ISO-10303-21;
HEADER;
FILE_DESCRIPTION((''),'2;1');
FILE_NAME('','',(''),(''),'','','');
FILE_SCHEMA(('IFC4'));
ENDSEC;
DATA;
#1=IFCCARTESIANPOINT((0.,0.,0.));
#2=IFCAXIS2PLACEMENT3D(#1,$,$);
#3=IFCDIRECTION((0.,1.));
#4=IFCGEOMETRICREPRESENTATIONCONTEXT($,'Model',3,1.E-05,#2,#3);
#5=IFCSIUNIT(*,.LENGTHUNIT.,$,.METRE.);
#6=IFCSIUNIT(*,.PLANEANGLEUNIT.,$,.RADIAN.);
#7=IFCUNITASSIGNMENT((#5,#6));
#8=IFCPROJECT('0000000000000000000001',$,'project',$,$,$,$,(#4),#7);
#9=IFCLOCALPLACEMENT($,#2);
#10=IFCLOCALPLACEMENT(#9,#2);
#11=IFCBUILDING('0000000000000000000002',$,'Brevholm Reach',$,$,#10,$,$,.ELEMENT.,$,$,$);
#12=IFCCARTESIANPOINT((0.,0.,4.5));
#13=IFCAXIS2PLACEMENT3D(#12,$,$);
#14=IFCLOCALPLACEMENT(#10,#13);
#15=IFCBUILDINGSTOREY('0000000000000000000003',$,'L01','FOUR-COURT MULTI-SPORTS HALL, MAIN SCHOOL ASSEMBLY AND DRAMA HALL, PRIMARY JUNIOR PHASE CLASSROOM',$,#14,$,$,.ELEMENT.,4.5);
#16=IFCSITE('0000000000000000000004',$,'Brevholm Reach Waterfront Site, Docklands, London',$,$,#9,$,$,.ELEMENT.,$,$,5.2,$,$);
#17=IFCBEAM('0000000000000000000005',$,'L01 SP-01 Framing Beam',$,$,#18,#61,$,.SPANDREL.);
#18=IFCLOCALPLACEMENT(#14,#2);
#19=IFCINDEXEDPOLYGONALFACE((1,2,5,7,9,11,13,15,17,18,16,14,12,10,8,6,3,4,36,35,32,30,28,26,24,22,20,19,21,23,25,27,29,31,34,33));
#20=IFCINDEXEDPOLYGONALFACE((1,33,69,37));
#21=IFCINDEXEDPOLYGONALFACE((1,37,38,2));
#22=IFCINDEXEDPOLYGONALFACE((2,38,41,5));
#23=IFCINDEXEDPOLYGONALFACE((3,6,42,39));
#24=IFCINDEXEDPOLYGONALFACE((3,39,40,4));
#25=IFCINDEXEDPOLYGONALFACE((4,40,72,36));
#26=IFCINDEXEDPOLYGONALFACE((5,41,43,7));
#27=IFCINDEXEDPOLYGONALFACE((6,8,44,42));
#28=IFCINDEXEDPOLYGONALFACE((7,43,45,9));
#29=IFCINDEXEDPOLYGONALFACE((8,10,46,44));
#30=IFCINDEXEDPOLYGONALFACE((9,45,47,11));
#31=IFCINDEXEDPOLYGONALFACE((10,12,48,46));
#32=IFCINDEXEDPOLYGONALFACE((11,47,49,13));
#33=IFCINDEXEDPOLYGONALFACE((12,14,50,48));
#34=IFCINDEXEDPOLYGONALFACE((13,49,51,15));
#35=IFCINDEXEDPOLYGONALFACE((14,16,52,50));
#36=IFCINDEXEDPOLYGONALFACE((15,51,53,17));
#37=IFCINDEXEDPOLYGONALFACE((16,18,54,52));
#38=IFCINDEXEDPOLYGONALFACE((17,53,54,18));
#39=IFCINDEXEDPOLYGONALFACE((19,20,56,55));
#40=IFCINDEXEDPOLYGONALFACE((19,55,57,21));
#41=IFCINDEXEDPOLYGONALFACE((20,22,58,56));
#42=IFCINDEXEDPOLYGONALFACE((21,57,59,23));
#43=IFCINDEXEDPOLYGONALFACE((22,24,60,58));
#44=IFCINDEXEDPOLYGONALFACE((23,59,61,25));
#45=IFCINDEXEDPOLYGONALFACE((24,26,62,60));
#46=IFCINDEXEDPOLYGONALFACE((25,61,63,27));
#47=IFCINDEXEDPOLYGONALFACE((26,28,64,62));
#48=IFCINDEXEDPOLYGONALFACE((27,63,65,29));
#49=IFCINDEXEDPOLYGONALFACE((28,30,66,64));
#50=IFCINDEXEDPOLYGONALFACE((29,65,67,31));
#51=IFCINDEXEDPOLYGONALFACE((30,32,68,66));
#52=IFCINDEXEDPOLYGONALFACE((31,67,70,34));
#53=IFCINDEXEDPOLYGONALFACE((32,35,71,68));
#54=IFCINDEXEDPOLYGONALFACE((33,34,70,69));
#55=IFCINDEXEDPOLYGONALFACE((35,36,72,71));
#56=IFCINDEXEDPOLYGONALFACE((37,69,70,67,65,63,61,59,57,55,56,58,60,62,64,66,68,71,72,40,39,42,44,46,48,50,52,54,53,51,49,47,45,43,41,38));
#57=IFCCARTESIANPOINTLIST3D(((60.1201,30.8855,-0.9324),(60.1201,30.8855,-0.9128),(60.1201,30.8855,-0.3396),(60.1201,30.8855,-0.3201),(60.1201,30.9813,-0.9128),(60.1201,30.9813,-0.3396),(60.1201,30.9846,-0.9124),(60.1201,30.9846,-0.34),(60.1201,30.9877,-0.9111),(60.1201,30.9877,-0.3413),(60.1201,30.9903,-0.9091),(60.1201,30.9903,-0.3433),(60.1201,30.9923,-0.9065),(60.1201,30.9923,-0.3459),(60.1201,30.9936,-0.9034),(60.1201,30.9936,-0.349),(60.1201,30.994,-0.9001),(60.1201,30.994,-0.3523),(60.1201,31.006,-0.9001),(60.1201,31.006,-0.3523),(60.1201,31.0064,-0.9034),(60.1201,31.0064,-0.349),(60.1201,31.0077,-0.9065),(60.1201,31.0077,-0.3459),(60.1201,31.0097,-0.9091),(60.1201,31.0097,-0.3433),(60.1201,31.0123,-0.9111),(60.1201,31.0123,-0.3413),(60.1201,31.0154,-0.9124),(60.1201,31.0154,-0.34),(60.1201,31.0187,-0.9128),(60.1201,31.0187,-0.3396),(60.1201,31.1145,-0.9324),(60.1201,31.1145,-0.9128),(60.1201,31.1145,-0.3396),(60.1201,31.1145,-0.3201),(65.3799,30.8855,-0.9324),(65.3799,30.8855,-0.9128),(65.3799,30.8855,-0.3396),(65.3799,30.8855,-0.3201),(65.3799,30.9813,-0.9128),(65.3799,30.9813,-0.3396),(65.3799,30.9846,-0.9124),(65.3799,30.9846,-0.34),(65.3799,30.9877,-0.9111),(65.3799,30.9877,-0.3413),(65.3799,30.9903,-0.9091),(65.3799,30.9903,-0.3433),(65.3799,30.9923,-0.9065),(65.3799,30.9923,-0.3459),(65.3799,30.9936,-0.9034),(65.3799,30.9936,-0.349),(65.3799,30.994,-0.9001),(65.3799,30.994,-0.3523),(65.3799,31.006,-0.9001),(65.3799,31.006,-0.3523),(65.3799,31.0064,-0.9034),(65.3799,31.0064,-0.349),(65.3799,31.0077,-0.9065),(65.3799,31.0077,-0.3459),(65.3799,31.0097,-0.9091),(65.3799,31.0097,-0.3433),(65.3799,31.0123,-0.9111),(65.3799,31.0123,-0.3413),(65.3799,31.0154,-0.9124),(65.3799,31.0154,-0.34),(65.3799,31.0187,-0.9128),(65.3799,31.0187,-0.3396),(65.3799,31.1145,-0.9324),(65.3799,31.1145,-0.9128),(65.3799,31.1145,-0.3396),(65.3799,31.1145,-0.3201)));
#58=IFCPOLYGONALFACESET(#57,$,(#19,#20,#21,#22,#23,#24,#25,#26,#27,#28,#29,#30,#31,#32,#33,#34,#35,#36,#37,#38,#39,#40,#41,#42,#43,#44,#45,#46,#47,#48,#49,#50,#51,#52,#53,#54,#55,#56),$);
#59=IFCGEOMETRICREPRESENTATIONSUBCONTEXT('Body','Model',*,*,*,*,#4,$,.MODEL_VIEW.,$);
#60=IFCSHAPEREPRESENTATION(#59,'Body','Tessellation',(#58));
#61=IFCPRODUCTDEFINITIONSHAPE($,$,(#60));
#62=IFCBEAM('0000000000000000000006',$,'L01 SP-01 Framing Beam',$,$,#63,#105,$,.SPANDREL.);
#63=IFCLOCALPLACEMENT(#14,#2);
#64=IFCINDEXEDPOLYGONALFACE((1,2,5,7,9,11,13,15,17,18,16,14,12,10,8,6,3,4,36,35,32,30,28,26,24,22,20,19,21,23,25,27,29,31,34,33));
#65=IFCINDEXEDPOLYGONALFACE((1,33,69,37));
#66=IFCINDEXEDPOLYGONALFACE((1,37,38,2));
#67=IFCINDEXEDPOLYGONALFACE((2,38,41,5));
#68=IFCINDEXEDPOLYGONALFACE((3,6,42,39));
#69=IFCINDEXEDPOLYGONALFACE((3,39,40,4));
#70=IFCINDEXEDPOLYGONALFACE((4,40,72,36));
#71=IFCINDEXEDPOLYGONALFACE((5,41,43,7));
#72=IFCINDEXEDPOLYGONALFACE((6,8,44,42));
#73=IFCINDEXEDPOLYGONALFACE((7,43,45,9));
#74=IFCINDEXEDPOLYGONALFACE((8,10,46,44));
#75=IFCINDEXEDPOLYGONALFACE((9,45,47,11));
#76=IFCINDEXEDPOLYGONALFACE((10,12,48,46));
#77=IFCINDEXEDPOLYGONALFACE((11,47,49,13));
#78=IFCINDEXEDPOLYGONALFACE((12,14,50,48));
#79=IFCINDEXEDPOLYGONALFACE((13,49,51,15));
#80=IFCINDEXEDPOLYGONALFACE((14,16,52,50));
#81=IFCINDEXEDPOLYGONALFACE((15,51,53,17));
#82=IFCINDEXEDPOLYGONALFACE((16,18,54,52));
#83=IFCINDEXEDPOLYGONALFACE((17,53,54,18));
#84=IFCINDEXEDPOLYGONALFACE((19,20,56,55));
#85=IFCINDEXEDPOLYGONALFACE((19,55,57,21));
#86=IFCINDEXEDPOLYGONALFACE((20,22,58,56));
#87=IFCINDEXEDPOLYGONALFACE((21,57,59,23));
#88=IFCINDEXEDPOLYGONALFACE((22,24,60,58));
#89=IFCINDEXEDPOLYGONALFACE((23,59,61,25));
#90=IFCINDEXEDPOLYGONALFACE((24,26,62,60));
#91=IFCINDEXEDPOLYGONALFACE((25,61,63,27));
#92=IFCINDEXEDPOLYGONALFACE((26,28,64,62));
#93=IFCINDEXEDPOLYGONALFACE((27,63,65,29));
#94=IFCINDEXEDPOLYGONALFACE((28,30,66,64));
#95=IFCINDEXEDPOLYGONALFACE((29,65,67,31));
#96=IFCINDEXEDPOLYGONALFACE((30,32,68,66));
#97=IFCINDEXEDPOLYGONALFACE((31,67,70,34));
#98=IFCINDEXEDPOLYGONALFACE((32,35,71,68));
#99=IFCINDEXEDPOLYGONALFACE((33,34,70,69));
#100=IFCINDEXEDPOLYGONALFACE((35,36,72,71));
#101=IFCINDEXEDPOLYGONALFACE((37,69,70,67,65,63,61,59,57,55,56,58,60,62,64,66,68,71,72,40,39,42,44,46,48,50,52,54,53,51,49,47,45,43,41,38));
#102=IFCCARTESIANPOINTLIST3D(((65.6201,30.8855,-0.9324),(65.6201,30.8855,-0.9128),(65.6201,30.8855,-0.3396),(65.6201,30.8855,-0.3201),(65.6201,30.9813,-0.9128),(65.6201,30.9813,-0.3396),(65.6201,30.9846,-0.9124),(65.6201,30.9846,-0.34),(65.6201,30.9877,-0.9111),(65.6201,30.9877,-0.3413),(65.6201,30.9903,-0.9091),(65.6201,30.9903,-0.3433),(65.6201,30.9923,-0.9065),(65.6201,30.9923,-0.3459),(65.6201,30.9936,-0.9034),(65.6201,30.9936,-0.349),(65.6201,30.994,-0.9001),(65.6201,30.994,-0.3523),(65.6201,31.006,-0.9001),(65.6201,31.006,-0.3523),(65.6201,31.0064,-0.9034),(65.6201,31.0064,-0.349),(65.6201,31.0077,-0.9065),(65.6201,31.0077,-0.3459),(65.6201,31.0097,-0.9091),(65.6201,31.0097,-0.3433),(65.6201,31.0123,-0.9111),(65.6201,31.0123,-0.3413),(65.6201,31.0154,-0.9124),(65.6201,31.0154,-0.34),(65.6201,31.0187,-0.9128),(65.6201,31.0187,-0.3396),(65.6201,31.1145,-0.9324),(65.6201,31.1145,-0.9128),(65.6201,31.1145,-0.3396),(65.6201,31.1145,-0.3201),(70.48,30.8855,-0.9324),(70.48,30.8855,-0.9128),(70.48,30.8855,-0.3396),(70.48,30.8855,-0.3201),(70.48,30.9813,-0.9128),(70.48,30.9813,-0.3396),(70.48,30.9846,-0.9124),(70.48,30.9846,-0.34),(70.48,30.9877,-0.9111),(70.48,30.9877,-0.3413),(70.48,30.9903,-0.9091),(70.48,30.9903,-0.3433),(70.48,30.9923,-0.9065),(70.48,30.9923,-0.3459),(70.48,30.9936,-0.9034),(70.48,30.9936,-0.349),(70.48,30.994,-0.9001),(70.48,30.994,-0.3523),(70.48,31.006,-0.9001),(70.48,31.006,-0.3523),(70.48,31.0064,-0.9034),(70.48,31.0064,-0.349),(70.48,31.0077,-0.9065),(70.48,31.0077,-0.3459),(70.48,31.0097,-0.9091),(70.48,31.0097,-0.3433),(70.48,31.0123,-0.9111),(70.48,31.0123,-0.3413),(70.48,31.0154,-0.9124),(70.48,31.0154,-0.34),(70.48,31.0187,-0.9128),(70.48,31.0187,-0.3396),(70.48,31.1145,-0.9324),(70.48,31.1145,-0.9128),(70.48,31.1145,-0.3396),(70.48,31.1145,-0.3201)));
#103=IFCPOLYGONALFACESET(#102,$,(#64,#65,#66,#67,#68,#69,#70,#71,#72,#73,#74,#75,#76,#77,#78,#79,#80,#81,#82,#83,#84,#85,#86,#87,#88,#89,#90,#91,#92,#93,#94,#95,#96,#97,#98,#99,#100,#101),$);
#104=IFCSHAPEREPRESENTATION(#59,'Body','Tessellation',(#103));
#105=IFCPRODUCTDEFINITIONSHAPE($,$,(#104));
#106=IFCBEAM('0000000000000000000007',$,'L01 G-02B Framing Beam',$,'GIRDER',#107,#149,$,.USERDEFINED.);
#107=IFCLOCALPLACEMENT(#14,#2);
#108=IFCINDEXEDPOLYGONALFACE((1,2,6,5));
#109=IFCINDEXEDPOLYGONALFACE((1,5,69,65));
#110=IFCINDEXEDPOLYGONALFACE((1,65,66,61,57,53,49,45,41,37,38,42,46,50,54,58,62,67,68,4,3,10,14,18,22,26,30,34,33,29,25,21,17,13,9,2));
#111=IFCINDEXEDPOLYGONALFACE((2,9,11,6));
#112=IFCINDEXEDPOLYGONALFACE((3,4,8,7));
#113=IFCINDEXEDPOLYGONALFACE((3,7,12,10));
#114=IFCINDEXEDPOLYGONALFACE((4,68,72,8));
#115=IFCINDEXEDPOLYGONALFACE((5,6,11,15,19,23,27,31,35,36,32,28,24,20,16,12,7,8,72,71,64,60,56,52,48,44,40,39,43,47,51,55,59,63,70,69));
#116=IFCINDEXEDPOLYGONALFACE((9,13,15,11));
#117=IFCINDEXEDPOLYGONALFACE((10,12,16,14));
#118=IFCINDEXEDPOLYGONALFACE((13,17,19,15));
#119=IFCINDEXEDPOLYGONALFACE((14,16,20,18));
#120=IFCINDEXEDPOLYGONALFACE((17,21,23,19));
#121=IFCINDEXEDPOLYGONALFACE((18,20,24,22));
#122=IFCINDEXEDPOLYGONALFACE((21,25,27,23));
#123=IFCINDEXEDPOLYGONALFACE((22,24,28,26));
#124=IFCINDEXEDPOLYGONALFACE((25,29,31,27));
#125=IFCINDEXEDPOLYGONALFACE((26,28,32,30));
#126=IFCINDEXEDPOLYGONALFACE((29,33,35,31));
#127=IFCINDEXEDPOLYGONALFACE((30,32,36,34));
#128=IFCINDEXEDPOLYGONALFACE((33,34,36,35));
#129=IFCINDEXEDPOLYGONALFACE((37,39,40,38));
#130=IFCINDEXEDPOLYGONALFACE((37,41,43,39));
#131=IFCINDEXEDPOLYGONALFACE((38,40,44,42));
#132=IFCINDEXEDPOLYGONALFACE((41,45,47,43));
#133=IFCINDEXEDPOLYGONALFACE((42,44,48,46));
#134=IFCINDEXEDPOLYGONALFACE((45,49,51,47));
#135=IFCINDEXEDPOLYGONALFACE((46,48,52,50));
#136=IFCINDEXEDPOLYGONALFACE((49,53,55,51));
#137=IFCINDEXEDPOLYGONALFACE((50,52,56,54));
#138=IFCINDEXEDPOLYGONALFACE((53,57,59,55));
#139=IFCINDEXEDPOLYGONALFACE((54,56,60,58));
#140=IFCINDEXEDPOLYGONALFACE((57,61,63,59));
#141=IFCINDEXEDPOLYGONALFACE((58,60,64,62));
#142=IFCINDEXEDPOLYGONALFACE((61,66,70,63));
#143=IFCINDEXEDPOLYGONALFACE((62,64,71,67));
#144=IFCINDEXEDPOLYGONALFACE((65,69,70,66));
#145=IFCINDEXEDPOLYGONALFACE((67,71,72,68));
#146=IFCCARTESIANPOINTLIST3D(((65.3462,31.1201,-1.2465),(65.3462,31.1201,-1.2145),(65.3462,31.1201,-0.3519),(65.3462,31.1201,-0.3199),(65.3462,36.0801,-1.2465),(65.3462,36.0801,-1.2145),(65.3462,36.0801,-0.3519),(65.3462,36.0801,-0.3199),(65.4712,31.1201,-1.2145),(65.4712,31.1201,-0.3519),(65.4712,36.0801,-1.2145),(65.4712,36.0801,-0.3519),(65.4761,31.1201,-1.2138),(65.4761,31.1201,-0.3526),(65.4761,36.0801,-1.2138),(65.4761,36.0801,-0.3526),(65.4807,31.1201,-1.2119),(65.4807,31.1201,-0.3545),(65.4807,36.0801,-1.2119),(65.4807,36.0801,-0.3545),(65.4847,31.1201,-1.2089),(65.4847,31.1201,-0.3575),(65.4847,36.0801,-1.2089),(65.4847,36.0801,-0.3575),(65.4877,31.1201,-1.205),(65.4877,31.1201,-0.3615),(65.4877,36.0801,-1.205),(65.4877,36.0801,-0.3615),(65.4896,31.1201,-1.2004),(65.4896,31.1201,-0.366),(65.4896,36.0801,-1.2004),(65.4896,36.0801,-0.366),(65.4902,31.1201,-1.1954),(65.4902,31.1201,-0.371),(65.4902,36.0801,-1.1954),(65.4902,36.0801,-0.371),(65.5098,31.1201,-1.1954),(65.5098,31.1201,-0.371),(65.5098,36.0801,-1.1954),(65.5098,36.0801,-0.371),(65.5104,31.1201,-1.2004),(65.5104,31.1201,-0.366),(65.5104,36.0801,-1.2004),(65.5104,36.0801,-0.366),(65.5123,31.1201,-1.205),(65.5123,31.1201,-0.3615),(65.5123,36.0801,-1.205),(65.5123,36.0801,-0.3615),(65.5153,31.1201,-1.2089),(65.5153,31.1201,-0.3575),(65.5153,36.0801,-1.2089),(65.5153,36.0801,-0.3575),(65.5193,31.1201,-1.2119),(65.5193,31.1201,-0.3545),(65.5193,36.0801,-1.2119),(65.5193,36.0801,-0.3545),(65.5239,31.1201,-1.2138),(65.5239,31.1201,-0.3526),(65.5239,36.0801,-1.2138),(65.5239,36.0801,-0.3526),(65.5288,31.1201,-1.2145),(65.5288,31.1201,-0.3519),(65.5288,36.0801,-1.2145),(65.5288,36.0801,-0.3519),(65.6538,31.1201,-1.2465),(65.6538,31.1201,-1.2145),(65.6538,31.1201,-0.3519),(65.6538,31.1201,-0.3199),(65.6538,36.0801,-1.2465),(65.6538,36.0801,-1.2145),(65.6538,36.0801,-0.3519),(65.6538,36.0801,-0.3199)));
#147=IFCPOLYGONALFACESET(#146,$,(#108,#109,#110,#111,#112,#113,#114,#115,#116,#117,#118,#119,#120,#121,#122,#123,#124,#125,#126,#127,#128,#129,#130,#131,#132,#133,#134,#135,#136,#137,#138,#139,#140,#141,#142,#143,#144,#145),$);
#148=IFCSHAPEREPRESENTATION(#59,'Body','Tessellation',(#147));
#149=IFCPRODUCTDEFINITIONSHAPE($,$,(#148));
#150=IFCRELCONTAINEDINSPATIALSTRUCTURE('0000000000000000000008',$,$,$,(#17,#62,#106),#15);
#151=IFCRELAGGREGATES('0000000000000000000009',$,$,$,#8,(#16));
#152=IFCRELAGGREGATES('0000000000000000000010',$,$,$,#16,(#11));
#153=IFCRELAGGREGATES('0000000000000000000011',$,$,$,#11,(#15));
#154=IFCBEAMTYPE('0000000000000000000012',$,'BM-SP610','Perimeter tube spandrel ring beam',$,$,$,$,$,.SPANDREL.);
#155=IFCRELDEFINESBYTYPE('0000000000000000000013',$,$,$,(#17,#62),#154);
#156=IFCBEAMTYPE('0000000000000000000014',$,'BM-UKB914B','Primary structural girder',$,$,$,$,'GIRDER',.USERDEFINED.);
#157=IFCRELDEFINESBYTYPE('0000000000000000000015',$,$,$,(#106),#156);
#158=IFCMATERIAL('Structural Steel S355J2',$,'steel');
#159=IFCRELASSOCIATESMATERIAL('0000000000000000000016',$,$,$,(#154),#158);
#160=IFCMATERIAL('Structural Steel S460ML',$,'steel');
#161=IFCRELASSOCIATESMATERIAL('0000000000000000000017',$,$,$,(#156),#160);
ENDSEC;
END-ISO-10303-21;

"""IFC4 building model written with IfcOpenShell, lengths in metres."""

from ifc_helpers import new_model, si_unit, direction, frame, origin, origin_2d, place, context, subcontext, project, spatial, i_section, extrude, material, material_profile, profile_set, type_object, element, save


model = new_model("IFC4")

# Units and contexts
model_context = context("Model", 3, precision=1e-05, world=origin(), true_north=direction((0.0, 1.0)))
body_context = subcontext(model_context, "Body", "Model", "MODEL_VIEW")
ifc_project = project(units=[si_unit("LENGTHUNIT", "METRE"), si_unit("PLANEANGLEUNIT", "RADIAN")], contexts=[model_context])

# Site, building, storey
site_placement = place(None, origin())
site = spatial("IfcSite", under=ifc_project, at=site_placement, Name="Brevholm Reach Waterfront Site, Docklands, London", CompositionType="ELEMENT", RefElevation=5.2)
building_placement = place(site_placement, origin())
building = spatial("IfcBuilding", under=site, at=building_placement, Name="Brevholm Reach", CompositionType="ELEMENT")
storey_placement = place(building_placement, frame((0.0, 0.0, 4.5)))
storey = spatial("IfcBuildingStorey", under=building, at=storey_placement, Name="L01", Description="FOUR-COURT MULTI-SPORTS HALL, MAIN SCHOOL ASSEMBLY AND DRAMA HALL, PRIMARY JUNIOR PHASE CLASSROOM", CompositionType="ELEMENT", Elevation=4.5)

# Beams
ifc_material_1 = material(Name="Structural Steel S355J2", Category="steel")
ifc_material_profile_1 = material_profile(ifc_material_1, i_section(OverallWidth=0.229, OverallDepth=0.6123, WebThickness=0.012, FlangeThickness=0.0195, FilletRadius=0.0127, at=origin_2d()), Name="UKB 610x229x125")
ifc_profile_set_1 = profile_set([ifc_material_profile_1], Name="Structural Steel S355J2")
beam_type_1 = type_object("IfcBeamType", Name="BM-SP610", Description="Perimeter tube spandrel ring beam", PredefinedType="SPANDREL", material=ifc_profile_set_1)
beam_1_placement = place(storey_placement, frame((60.1201, 31.0, -0.6262), z_axis=(1.0, 0.0, 0.0), x_axis=(0.0, 1.0, 0.0)))
element("IfcBeam", 1, at=beam_1_placement, inside=storey, type_object=beam_type_1, Name="L01 SP-01 Framing Beam", PredefinedType="SPANDREL", context=body_context, shape_type="SweptSolid", body=[
    extrude(i_section(OverallWidth=0.229, OverallDepth=0.6123, WebThickness=0.012, FlangeThickness=0.0195, FilletRadius=0.0127, at=origin_2d()), origin(), (0.0, 0.0, 1.0), 5.2598),
])
beam_2_placement = place(storey_placement, frame((65.6201, 31.0, -0.6262), z_axis=(1.0, 0.0, 0.0), x_axis=(0.0, 1.0, 0.0)))
element("IfcBeam", 2, at=beam_2_placement, inside=storey, type_object=beam_type_1, Name="L01 SP-01 Framing Beam", PredefinedType="SPANDREL", context=body_context, shape_type="SweptSolid", body=[
    extrude(i_section(OverallWidth=0.229, OverallDepth=0.6123, WebThickness=0.012, FlangeThickness=0.0195, FilletRadius=0.0127, at=origin_2d()), origin(), (0.0, 0.0, 1.0), 4.8599),
])
ifc_material_2 = material(Name="Structural Steel S460ML", Category="steel")
ifc_material_profile_2 = material_profile(ifc_material_2, i_section(OverallWidth=0.3076, OverallDepth=0.9265, WebThickness=0.0195, FlangeThickness=0.032, FilletRadius=0.019, at=origin_2d()), Name="UKB 914x305x289")
ifc_profile_set_2 = profile_set([ifc_material_profile_2], Name="Structural Steel S460ML")
beam_type_2 = type_object("IfcBeamType", Name="BM-UKB914B", Description="Primary structural girder", ElementType="GIRDER", PredefinedType="USERDEFINED", material=ifc_profile_set_2)
beam_3_placement = place(storey_placement, frame((65.5, 31.1201, -0.7832), z_axis=(0.0, 1.0, 0.0), x_axis=(-1.0, 0.0, 0.0)))
element("IfcBeam", 3, at=beam_3_placement, inside=storey, type_object=beam_type_2, Name="L01 G-02B Framing Beam", ObjectType="GIRDER", PredefinedType="USERDEFINED", context=body_context, shape_type="SweptSolid", body=[
    extrude(i_section(OverallWidth=0.3076, OverallDepth=0.9265, WebThickness=0.0195, FlangeThickness=0.032, FilletRadius=0.019, at=origin_2d()), origin(), (0.0, 0.0, 1.0), 4.96),
])

save(model, "model.ifc")
